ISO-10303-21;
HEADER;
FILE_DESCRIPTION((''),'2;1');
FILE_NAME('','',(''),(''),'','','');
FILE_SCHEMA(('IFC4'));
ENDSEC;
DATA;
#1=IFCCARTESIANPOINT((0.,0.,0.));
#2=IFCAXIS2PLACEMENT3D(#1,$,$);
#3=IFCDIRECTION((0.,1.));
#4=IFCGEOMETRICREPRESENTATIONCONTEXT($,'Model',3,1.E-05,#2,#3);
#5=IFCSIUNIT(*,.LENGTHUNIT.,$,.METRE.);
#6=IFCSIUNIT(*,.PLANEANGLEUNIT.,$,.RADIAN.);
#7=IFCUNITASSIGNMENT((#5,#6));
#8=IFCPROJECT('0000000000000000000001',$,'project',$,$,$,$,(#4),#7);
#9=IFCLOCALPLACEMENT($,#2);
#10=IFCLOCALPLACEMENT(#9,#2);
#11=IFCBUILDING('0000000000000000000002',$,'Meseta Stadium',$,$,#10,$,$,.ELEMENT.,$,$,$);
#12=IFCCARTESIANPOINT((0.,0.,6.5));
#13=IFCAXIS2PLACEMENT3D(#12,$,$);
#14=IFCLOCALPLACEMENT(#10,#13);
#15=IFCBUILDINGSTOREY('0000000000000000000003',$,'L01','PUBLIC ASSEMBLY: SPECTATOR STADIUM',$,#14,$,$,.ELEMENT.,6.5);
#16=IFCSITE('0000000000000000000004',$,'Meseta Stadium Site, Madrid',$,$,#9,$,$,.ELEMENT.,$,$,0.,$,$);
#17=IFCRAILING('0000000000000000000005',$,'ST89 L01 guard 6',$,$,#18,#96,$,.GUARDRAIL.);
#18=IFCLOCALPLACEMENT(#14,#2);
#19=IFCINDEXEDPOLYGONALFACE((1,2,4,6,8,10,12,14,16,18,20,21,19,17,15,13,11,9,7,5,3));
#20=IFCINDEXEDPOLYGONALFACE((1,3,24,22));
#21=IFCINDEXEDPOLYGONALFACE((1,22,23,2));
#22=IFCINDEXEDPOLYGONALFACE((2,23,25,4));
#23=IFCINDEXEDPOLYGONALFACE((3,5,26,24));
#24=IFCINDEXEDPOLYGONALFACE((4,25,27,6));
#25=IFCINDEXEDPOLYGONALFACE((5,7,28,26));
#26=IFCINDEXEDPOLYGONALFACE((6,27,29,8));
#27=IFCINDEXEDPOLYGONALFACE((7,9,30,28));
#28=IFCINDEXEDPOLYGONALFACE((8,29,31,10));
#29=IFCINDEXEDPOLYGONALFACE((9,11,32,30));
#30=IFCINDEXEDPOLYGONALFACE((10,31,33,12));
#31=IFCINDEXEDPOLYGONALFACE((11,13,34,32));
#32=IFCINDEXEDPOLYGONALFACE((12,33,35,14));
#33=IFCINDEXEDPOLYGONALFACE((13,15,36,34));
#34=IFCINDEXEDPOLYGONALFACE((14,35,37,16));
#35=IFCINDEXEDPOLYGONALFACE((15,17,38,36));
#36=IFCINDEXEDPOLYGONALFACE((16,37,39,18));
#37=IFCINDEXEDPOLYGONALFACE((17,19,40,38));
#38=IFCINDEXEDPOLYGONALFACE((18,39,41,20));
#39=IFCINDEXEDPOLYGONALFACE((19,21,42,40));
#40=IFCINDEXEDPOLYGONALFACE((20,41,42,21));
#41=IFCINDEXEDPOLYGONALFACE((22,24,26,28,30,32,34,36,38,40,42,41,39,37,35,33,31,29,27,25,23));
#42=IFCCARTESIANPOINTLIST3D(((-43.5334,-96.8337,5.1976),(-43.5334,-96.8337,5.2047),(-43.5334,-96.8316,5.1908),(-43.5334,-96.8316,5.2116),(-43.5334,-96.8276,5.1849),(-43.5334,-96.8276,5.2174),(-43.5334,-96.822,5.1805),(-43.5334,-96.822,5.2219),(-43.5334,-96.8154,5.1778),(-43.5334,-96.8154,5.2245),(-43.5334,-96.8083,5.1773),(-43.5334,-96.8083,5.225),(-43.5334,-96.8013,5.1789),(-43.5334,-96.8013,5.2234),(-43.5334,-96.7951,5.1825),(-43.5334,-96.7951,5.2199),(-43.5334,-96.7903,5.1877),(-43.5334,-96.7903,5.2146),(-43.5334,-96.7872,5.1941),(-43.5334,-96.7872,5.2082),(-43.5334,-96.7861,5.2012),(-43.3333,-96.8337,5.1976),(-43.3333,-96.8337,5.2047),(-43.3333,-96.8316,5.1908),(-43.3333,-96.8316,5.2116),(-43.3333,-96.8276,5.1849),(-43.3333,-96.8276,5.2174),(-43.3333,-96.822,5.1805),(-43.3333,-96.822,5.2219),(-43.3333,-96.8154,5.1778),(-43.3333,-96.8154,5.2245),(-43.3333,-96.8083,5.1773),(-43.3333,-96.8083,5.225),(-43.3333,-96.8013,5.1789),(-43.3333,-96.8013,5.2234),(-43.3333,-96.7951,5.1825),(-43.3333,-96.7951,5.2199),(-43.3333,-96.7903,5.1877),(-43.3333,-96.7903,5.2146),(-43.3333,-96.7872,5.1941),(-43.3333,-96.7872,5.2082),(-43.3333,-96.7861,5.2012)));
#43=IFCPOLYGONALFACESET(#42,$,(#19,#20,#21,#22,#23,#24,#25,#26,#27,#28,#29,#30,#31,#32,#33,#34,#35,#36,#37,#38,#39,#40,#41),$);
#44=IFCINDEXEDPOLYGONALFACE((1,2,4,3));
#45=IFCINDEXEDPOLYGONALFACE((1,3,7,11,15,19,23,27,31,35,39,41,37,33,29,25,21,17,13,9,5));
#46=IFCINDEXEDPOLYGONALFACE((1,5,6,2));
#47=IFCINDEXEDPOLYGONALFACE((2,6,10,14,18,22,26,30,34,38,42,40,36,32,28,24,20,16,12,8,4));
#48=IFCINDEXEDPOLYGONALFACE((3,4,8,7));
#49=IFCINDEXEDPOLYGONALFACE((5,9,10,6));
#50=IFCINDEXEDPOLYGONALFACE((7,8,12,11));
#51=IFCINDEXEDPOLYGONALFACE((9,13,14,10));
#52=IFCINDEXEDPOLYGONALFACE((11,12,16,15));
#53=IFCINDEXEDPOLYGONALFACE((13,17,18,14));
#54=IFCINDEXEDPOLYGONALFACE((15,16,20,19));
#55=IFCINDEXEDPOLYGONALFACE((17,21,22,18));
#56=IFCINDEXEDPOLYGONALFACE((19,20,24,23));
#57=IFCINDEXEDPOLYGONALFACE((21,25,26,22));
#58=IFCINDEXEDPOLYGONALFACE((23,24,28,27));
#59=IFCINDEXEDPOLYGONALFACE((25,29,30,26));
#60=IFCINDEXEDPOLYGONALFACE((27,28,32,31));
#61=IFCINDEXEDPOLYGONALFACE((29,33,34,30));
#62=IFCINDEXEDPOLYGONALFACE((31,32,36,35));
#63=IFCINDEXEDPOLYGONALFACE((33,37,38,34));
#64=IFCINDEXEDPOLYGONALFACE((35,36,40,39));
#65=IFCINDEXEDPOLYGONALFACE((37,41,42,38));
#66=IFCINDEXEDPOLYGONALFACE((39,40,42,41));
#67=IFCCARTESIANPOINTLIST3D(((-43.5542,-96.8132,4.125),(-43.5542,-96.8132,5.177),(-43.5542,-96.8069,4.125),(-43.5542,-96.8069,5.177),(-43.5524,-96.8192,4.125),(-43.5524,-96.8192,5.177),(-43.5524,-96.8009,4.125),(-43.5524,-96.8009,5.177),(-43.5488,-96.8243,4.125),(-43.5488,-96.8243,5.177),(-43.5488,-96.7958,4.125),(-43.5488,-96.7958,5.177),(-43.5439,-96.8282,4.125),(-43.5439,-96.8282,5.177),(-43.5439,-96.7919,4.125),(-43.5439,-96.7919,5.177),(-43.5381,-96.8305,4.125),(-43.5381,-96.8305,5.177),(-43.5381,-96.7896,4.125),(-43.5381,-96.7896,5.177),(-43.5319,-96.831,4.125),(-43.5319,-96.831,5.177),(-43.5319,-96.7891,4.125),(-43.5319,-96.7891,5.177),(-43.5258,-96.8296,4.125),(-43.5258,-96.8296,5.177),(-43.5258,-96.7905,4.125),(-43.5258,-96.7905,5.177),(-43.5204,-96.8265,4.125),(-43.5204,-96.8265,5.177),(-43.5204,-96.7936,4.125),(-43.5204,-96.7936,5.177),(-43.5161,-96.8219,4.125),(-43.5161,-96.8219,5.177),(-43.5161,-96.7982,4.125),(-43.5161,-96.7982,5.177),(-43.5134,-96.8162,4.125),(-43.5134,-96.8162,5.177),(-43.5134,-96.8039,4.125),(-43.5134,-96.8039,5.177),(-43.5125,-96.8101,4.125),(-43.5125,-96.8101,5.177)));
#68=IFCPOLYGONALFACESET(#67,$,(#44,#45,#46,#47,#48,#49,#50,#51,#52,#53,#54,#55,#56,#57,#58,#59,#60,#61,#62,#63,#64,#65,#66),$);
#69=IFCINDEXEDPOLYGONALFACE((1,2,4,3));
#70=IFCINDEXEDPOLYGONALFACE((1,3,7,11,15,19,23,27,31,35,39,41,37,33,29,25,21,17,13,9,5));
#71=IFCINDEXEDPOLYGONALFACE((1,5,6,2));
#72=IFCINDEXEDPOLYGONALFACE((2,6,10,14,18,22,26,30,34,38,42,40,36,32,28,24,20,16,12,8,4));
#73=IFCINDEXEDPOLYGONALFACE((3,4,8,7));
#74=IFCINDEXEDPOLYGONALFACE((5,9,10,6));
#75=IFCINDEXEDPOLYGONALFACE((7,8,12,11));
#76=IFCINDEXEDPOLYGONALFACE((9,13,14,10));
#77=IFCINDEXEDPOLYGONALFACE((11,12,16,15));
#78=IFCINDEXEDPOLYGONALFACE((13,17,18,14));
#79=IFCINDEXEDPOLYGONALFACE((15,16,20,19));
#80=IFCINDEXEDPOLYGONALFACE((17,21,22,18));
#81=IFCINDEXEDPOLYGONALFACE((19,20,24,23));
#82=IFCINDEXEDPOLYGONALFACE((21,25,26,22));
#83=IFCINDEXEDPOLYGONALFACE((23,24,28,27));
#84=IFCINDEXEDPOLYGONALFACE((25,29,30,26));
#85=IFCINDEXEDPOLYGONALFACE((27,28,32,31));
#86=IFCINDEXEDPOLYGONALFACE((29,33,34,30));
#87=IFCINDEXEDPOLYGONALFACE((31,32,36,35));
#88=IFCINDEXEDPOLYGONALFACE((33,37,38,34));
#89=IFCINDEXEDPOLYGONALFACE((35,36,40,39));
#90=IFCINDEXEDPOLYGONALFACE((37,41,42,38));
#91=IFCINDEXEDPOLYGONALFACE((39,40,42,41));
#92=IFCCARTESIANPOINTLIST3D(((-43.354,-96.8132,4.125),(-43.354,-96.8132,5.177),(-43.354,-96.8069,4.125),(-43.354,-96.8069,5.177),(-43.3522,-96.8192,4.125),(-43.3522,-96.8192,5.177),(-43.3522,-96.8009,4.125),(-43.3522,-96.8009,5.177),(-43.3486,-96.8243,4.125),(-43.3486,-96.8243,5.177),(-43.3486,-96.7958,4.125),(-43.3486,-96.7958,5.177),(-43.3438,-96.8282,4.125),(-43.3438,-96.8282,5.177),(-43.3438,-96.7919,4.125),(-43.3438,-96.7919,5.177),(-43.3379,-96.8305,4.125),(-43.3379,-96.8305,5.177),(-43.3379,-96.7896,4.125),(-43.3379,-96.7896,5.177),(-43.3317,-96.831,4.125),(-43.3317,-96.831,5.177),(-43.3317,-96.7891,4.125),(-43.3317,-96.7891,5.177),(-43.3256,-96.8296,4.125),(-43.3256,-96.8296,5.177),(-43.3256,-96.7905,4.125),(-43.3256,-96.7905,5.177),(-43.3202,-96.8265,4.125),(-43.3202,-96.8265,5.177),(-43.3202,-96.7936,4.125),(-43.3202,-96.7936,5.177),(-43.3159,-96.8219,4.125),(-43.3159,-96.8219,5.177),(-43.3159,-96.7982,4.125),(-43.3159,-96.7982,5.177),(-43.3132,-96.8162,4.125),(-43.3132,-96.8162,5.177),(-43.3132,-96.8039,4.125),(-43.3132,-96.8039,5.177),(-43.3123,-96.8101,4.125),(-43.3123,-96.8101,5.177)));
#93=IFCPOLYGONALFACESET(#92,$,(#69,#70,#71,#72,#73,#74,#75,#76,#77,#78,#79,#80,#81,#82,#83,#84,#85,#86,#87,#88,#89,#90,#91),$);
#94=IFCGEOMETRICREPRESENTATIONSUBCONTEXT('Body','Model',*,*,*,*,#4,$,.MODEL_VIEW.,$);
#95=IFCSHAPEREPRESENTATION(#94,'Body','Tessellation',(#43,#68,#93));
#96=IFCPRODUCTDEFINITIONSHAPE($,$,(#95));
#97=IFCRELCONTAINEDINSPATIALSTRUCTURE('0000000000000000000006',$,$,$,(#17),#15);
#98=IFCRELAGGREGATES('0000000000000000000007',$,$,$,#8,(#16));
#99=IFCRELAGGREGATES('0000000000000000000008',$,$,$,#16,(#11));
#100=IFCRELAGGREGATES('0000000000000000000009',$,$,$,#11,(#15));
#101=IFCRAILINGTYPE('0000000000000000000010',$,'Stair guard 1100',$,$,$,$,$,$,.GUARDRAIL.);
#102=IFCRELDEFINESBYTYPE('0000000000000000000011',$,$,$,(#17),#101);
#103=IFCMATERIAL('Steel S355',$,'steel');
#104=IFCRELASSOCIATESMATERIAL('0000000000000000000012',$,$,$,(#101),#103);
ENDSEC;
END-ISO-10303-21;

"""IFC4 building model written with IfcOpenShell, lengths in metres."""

from ifc_helpers import new_model, si_unit, direction, frame, origin, origin_2d, place, context, subcontext, project, spatial, circle, extrude, material, type_object, element, save


model = new_model("IFC4")

# Units and contexts
model_context = context("Model", 3, precision=1e-05, world=origin(), true_north=direction((0.0, 1.0)))
body_context = subcontext(model_context, "Body", "Model", "MODEL_VIEW")
ifc_project = project(units=[si_unit("LENGTHUNIT", "METRE"), si_unit("PLANEANGLEUNIT", "RADIAN")], contexts=[model_context])

# Site, building, storey
site_placement = place(None, origin())
site = spatial("IfcSite", under=ifc_project, at=site_placement, Name="Meseta Stadium Site, Madrid", CompositionType="ELEMENT", RefElevation=0.0)
building_placement = place(site_placement, origin())
building = spatial("IfcBuilding", under=site, at=building_placement, Name="Meseta Stadium", CompositionType="ELEMENT")
storey_placement = place(building_placement, frame((0.0, 0.0, 6.5)))
storey = spatial("IfcBuildingStorey", under=building, at=storey_placement, Name="L01", Description="PUBLIC ASSEMBLY: SPECTATOR STADIUM", CompositionType="ELEMENT", Elevation=6.5)

# Railing
ifc_material_1 = material(Name="Steel S355", Category="steel")
railing_type_1 = type_object("IfcRailingType", Name="Stair guard 1100", PredefinedType="GUARDRAIL", material=ifc_material_1)
railing_1_placement = place(storey_placement, frame((-43.5334, -96.8101, 4.125)))
element("IfcRailing", 1, at=railing_1_placement, inside=storey, type_object=railing_type_1, Name="ST89 L01 guard 6", PredefinedType="GUARDRAIL", context=body_context, shape_type="SweptSolid", body=[
    extrude(circle(Radius=0.0239, at=origin_2d()), frame((0.0, 0.0, 1.0762), z_axis=(1.0, 0.0, 0.0), x_axis=(0.0, 1.0, 0.0)), (0.0, 0.0, 1.0), 0.2002),
    extrude(circle(Radius=0.021, at=origin_2d()), origin(), (0.0, 0.0, 1.0), 1.052),
    extrude(circle(Radius=0.021, at=origin_2d()), frame((0.2002, 0.0, 0.0)), (0.0, 0.0, 1.0), 1.052),
])

save(model, "model.ifc")
